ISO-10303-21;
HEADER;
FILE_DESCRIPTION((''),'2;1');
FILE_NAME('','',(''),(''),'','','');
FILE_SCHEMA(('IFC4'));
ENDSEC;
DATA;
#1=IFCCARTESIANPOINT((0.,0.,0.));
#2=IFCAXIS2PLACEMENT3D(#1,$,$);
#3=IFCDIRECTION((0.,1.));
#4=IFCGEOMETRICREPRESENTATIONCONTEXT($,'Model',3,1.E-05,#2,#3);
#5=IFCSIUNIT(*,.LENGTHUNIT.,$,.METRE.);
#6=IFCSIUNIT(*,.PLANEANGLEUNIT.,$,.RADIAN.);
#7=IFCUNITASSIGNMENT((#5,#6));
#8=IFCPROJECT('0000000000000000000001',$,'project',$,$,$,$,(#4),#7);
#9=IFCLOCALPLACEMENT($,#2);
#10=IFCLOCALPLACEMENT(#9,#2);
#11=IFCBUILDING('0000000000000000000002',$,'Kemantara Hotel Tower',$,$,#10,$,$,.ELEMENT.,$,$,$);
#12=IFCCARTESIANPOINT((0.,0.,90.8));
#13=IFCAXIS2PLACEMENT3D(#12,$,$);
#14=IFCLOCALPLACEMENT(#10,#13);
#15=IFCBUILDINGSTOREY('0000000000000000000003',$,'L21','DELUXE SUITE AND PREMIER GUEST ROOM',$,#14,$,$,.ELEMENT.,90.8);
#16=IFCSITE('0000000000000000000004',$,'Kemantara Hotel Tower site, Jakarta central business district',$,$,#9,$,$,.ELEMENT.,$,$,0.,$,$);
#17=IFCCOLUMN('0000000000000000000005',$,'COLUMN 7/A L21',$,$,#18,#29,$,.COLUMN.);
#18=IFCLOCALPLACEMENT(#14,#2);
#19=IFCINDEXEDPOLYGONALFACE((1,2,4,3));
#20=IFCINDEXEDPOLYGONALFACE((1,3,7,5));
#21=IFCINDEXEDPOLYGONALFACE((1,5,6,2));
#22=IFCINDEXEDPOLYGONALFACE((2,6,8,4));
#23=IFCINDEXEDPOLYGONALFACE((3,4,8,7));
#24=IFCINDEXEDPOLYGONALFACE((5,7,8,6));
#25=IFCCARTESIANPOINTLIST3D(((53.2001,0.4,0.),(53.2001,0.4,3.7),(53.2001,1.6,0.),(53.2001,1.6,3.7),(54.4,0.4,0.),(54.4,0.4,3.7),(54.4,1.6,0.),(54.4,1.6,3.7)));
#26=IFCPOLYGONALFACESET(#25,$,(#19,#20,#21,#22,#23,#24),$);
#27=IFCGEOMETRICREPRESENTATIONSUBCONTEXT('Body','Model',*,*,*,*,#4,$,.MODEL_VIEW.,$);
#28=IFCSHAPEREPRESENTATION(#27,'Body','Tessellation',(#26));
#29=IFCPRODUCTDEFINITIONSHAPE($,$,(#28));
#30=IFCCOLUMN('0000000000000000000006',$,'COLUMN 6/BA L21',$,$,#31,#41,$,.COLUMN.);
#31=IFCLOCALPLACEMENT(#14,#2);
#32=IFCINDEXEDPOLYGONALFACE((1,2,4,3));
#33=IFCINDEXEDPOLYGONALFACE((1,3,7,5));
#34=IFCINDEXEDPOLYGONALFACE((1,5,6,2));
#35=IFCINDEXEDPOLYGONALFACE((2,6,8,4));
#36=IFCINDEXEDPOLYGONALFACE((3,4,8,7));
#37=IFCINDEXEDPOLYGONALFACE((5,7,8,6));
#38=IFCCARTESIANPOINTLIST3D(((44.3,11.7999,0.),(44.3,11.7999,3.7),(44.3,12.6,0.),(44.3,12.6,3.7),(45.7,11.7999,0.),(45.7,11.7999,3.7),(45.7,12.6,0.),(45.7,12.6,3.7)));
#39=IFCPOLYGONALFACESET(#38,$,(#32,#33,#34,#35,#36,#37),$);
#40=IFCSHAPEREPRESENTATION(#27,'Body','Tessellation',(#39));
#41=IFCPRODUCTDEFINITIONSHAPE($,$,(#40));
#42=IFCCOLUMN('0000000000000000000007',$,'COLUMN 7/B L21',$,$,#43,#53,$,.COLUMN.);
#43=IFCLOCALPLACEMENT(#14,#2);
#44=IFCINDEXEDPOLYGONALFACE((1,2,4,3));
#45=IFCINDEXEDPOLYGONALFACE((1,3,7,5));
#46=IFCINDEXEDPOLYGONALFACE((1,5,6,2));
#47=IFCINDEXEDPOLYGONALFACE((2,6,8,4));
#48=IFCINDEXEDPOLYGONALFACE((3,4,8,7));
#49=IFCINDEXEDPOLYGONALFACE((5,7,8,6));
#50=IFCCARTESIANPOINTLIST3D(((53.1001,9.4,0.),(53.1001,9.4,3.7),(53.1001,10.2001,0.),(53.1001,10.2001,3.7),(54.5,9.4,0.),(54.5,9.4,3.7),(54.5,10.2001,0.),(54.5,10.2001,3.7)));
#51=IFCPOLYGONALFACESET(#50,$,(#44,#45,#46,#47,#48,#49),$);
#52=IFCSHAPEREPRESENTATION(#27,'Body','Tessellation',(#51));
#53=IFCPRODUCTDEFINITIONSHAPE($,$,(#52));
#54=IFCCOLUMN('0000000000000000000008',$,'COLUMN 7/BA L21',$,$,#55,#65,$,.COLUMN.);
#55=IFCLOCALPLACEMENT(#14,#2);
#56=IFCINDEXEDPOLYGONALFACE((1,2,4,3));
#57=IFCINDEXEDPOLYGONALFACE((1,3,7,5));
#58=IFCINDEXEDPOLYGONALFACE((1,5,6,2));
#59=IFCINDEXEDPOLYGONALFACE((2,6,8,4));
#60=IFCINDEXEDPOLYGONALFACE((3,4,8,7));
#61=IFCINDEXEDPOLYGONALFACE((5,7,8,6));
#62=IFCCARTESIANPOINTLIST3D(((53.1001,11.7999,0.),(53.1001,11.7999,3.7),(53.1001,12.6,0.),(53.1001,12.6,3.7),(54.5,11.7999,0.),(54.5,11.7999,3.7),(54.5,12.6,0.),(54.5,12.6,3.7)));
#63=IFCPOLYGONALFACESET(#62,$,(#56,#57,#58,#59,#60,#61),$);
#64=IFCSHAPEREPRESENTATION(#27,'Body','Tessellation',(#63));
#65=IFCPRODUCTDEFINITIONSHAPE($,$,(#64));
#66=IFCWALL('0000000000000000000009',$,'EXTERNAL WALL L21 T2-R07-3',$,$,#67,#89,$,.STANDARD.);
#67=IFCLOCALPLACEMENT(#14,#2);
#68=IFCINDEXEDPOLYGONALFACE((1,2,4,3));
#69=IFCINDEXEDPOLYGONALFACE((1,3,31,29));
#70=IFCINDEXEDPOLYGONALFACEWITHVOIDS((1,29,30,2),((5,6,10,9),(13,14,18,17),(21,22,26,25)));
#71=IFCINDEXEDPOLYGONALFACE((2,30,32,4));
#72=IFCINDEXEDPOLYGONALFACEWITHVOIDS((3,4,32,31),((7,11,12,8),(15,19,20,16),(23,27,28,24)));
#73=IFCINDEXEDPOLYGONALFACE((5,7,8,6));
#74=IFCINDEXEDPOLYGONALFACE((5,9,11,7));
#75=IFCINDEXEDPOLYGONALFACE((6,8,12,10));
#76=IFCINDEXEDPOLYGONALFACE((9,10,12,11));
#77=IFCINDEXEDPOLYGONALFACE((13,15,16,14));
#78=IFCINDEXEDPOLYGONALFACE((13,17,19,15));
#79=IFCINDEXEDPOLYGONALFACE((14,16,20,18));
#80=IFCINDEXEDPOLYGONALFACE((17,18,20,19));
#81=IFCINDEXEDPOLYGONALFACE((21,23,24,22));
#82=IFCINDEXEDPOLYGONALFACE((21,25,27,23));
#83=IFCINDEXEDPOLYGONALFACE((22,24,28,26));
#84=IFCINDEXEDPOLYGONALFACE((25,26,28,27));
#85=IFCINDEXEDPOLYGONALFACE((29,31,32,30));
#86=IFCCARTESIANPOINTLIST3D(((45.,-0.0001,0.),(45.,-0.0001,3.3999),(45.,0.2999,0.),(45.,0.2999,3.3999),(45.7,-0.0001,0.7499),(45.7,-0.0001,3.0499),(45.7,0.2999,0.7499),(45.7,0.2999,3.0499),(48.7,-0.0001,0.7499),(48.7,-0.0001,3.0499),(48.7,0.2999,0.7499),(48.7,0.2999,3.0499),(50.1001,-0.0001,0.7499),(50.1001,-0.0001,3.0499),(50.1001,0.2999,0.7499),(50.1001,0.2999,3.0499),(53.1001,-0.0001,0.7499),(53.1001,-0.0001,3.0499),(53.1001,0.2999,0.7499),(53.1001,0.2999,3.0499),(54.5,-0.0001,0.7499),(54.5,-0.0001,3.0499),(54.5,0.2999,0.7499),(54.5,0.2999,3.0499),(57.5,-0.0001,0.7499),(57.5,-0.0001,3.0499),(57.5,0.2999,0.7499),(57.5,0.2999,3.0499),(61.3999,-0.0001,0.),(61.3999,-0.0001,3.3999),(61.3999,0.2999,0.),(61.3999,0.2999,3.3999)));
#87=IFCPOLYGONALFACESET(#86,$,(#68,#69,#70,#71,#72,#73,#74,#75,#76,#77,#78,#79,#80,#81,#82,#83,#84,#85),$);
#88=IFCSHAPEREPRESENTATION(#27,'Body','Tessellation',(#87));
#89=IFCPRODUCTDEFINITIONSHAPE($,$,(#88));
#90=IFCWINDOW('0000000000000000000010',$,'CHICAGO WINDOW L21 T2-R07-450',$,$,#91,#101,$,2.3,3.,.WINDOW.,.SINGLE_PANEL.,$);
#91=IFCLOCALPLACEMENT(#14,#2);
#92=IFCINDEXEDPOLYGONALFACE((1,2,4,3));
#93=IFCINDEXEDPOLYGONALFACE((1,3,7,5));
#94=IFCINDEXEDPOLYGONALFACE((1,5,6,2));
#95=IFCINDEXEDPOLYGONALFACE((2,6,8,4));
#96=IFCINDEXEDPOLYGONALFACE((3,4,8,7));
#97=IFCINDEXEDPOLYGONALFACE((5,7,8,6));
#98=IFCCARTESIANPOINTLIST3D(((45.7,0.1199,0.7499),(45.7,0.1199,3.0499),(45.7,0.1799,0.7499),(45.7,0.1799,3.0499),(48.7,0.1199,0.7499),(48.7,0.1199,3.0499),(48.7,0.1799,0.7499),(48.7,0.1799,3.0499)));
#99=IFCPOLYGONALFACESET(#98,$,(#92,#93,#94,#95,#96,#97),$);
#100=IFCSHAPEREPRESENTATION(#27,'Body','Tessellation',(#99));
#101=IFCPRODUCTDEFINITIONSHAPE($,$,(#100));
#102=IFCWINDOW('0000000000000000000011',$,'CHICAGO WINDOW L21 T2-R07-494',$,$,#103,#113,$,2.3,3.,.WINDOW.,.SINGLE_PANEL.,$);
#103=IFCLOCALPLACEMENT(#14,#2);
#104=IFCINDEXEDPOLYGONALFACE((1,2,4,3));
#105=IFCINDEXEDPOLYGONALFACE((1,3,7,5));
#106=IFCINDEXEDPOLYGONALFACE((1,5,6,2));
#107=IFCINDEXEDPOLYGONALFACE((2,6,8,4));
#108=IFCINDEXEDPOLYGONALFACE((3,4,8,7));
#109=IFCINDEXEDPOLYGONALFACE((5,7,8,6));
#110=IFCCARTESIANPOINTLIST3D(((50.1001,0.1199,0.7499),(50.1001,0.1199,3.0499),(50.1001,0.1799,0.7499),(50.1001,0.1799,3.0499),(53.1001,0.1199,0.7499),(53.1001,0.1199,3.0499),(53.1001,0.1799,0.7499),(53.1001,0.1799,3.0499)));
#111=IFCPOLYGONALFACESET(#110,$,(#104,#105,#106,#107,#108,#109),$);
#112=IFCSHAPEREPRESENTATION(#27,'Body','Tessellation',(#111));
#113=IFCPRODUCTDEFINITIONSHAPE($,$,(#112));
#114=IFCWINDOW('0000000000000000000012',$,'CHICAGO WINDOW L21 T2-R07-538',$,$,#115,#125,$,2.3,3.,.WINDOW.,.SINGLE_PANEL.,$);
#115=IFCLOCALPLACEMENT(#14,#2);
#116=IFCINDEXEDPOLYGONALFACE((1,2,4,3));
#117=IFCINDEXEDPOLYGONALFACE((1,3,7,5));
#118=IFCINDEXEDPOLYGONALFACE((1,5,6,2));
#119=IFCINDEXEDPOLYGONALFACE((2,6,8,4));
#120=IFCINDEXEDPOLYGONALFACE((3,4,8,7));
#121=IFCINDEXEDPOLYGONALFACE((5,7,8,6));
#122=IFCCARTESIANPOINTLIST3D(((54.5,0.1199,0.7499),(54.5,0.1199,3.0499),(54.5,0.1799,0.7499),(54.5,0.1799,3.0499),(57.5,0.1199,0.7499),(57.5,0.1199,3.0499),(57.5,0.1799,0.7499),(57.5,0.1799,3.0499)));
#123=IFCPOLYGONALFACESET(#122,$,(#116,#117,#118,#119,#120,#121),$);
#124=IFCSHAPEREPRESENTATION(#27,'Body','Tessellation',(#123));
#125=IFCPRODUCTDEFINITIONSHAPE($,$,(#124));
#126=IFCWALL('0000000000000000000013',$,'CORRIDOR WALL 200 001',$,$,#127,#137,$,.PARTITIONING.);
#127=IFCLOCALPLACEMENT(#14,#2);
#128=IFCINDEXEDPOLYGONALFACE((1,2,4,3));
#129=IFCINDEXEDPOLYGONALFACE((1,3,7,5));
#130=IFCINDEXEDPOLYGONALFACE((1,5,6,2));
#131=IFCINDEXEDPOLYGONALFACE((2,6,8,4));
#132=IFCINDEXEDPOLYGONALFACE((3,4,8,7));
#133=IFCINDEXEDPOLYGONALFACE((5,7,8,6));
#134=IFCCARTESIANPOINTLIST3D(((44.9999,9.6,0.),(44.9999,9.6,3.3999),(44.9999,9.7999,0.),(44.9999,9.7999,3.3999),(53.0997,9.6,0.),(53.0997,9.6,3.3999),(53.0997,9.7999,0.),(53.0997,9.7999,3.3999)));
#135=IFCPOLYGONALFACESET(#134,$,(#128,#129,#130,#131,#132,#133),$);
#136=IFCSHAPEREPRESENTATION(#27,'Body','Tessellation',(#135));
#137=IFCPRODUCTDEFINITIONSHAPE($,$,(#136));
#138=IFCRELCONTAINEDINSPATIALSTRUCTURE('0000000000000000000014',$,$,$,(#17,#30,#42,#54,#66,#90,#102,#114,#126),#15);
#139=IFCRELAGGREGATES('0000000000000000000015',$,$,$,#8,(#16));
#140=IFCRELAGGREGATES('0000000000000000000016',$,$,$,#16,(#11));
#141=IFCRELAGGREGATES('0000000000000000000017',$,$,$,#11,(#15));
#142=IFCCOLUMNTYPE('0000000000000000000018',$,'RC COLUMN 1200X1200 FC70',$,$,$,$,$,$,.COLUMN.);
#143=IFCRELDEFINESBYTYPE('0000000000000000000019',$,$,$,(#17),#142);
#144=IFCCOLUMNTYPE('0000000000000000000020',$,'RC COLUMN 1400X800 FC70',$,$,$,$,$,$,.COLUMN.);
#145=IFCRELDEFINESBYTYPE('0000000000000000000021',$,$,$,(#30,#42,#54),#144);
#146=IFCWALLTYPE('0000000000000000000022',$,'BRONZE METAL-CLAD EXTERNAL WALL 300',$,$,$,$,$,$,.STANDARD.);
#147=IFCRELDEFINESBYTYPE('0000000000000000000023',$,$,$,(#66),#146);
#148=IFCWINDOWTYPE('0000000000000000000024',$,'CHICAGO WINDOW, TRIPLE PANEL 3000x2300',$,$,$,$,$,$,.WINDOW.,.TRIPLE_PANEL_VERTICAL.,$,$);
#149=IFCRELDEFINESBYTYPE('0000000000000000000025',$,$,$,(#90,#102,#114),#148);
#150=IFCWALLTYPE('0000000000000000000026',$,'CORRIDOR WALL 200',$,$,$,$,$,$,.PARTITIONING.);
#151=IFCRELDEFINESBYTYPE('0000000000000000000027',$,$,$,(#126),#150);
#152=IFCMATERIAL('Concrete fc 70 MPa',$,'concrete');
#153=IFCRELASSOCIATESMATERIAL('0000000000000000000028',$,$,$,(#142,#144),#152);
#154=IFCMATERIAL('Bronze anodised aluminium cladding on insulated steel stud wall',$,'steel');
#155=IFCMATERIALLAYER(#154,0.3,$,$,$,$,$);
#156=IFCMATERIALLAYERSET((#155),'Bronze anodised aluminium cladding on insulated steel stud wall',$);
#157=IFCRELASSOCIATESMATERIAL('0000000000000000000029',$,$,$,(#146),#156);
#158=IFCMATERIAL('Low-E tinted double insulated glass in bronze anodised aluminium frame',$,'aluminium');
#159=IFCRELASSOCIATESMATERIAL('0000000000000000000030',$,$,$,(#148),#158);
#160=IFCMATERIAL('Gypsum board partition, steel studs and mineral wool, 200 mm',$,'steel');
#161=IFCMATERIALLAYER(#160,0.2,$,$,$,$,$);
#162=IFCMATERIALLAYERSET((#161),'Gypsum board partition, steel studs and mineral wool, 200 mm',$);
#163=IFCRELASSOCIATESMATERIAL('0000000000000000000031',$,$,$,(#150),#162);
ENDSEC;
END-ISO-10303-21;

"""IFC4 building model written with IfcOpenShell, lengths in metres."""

from ifc_helpers import new_model, si_unit, direction, frame, frame_2d, origin, origin_2d, place, context, subcontext, project, spatial, rectangle, extrude, material, layer, layer_set, material_profile, profile_set, type_object, element, fill, save


model = new_model("IFC4")

# Units and contexts
model_context = context("Model", 3, precision=1e-05, world=origin(), true_north=direction((0.0, 1.0)))
body_context = subcontext(model_context, "Body", "Model", "MODEL_VIEW")
ifc_project = project(units=[si_unit("LENGTHUNIT", "METRE"), si_unit("PLANEANGLEUNIT", "RADIAN")], contexts=[model_context])

# Site, building, storey
site_placement = place(None, origin())
site = spatial("IfcSite", under=ifc_project, at=site_placement, Name="Kemantara Hotel Tower site, Jakarta central business district", CompositionType="ELEMENT", RefElevation=0.0)
building_placement = place(site_placement, origin())
building = spatial("IfcBuilding", under=site, at=building_placement, Name="Kemantara Hotel Tower", CompositionType="ELEMENT")
storey_placement = place(building_placement, frame((0.0, 0.0, 90.8)))
storey = spatial("IfcBuildingStorey", under=building, at=storey_placement, Name="L21", Description="DELUXE SUITE AND PREMIER GUEST ROOM", CompositionType="ELEMENT", Elevation=90.8)

# Columns
ifc_material_1 = material(Name="Concrete fc 70 MPa", Category="concrete")
ifc_material_profile_1 = material_profile(ifc_material_1, rectangle(XDim=1.2, YDim=1.2, at=origin_2d()), Name="RC 1200X1200")
ifc_profile_set_1 = profile_set([ifc_material_profile_1], Name="Concrete fc 70 MPa")
column_type_1 = type_object("IfcColumnType", Name="RC COLUMN 1200X1200 FC70", PredefinedType="COLUMN", material=ifc_profile_set_1)
column_placement = place(storey_placement, frame((53.8, 1.0, 0.0), z_axis=(0.0, 0.0, 1.0), x_axis=(1.0, 0.0, 0.0)))
element("IfcColumn", 1, at=column_placement, inside=storey, type_object=column_type_1, Name="COLUMN 7/A L21", PredefinedType="COLUMN", context=body_context, shape_type="SweptSolid", body=[
    extrude(rectangle(XDim=1.2, YDim=1.2, at=origin_2d()), origin(), (0.0, 0.0, 1.0), 3.7),
])
ifc_material_profile_2 = material_profile(ifc_material_1, rectangle(XDim=1.3999, YDim=0.8, at=origin_2d()), Name="RC 1400X800")
ifc_profile_set_2 = profile_set([ifc_material_profile_2], Name="Concrete fc 70 MPa")
column_type_2 = type_object("IfcColumnType", Name="RC COLUMN 1400X800 FC70", PredefinedType="COLUMN", material=ifc_profile_set_2)
for number, where, z_axis, x_axis, name in (
    (2, (45.0, 12.2, 0.0), (0.0, 0.0, 1.0), (1.0, 0.0, 0.0), "COLUMN 6/BA L21"),
    (3, (53.8, 9.8, 0.0), (0.0, 0.0, 1.0), (1.0, 0.0, 0.0), "COLUMN 7/B L21"),
    (4, (53.8, 12.2, 0.0), (0.0, 0.0, 1.0), (1.0, 0.0, 0.0), "COLUMN 7/BA L21"),
):
    element("IfcColumn", number, at=place(storey_placement, frame(where, z_axis=z_axis, x_axis=x_axis)), inside=storey, type_object=column_type_2, Name=name, PredefinedType="COLUMN", context=body_context, shape_type="SweptSolid", body=[
        extrude(rectangle(XDim=1.3999, YDim=0.8, at=origin_2d()), origin(), (0.0, 0.0, 1.0), 3.7),
    ])

# Wall, openings, windows
ifc_material_2 = material(Name="Bronze anodised aluminium cladding on insulated steel stud wall", Category="steel")
ifc_layer_1 = layer(ifc_material_2, 0.3)
ifc_layer_set_1 = layer_set([ifc_layer_1], Name="Bronze anodised aluminium cladding on insulated steel stud wall")
wall_type_1 = type_object("IfcWallType", Name="BRONZE METAL-CLAD EXTERNAL WALL 300", PredefinedType="STANDARD", material=ifc_layer_set_1)
wall_1_placement = place(storey_placement, frame((45.0, 0.1499, 0.0), z_axis=(0.0, 0.0, 1.0), x_axis=(1.0, 0.0, 0.0)))
wall_1 = element("IfcWall", 5, at=wall_1_placement, inside=storey, type_object=wall_type_1, Name="EXTERNAL WALL L21 T2-R07-3", PredefinedType="STANDARD", context=body_context, shape_type="SweptSolid", body=[
    extrude(rectangle(XDim=16.3999, YDim=0.3, at=frame_2d((8.2, 0.0))), origin(), (0.0, 0.0, 1.0), 3.3999),
])
opening_1_placement = place(wall_1_placement, frame((0.7, 0.0, 0.75)))
opening_1 = element("IfcOpeningElement", 6, at=opening_1_placement, cuts=wall_1, PredefinedType="OPENING", context=body_context, shape_type="SweptSolid", body=[
    extrude(rectangle(XDim=3.0, YDim=2.3, at=frame_2d((1.5, 1.1499))), frame((0.0, 0.1599, 0.0), z_axis=(0.0, -1.0, 0.0), x_axis=(1.0, 0.0, 0.0)), (0.0, 0.0, 1.0), 0.3201),
])
opening_2_placement = place(wall_1_placement, frame((5.1001, 0.0, 0.75)))
opening_2 = element("IfcOpeningElement", 7, at=opening_2_placement, cuts=wall_1, PredefinedType="OPENING", context=body_context, shape_type="SweptSolid", body=[
    extrude(rectangle(XDim=3.0, YDim=2.3, at=frame_2d((1.5, 1.1499))), frame((0.0, 0.1599, 0.0), z_axis=(0.0, -1.0, 0.0), x_axis=(1.0, 0.0, 0.0)), (0.0, 0.0, 1.0), 0.3201),
])
opening_3_placement = place(wall_1_placement, frame((9.5, 0.0, 0.75)))
opening_3 = element("IfcOpeningElement", 8, at=opening_3_placement, cuts=wall_1, PredefinedType="OPENING", context=body_context, shape_type="SweptSolid", body=[
    extrude(rectangle(XDim=3.0, YDim=2.3, at=frame_2d((1.5, 1.1499))), frame((0.0, 0.1599, 0.0), z_axis=(0.0, -1.0, 0.0), x_axis=(1.0, 0.0, 0.0)), (0.0, 0.0, 1.0), 0.3201),
])
ifc_material_3 = material(Name="Low-E tinted double insulated glass in bronze anodised aluminium frame", Category="aluminium")
window_type = type_object("IfcWindowType", Name="CHICAGO WINDOW, TRIPLE PANEL 3000x2300", PartitioningType="TRIPLE_PANEL_VERTICAL", PredefinedType="WINDOW", material=ifc_material_3)
window_1_placement = place(opening_1_placement, origin())
window_1 = element("IfcWindow", 9, at=window_1_placement, inside=storey, type_object=window_type, Name="CHICAGO WINDOW L21 T2-R07-450", OverallHeight=2.3, OverallWidth=3.0, PartitioningType="SINGLE_PANEL", PredefinedType="WINDOW", context=body_context, shape_type="SweptSolid", body=[
    extrude(rectangle(XDim=3.0, YDim=2.3, at=frame_2d((1.5, 1.1499))), frame((0.0, 0.03, 0.0), z_axis=(0.0, -1.0, 0.0), x_axis=(1.0, 0.0, 0.0)), (0.0, 0.0, 1.0), 0.0601),
])
fill(opening_1, window_1)
window_2_placement = place(opening_2_placement, origin())
window_2 = element("IfcWindow", 10, at=window_2_placement, inside=storey, type_object=window_type, Name="CHICAGO WINDOW L21 T2-R07-494", OverallHeight=2.3, OverallWidth=3.0, PartitioningType="SINGLE_PANEL", PredefinedType="WINDOW", context=body_context, shape_type="SweptSolid", body=[
    extrude(rectangle(XDim=3.0, YDim=2.3, at=frame_2d((1.5, 1.1499))), frame((0.0, 0.03, 0.0), z_axis=(0.0, -1.0, 0.0), x_axis=(1.0, 0.0, 0.0)), (0.0, 0.0, 1.0), 0.0601),
])
fill(opening_2, window_2)
window_3_placement = place(opening_3_placement, origin())
window_3 = element("IfcWindow", 11, at=window_3_placement, inside=storey, type_object=window_type, Name="CHICAGO WINDOW L21 T2-R07-538", OverallHeight=2.3, OverallWidth=3.0, PartitioningType="SINGLE_PANEL", PredefinedType="WINDOW", context=body_context, shape_type="SweptSolid", body=[
    extrude(rectangle(XDim=3.0, YDim=2.3, at=frame_2d((1.5, 1.1499))), frame((0.0, 0.03, 0.0), z_axis=(0.0, -1.0, 0.0), x_axis=(1.0, 0.0, 0.0)), (0.0, 0.0, 1.0), 0.0601),
])
fill(opening_3, window_3)

# Wall
ifc_material_4 = material(Name="Gypsum board partition, steel studs and mineral wool, 200 mm", Category="steel")
ifc_layer_2 = layer(ifc_material_4, 0.2)
ifc_layer_set_2 = layer_set([ifc_layer_2], Name="Gypsum board partition, steel studs and mineral wool, 200 mm")
wall_type_2 = type_object("IfcWallType", Name="CORRIDOR WALL 200", PredefinedType="PARTITIONING", material=ifc_layer_set_2)
wall_2_placement = place(storey_placement, frame((45.0, 9.7, 0.0), z_axis=(0.0, 0.0, 1.0), x_axis=(1.0, 0.0, 0.0)))
element("IfcWall", 12, at=wall_2_placement, inside=storey, type_object=wall_type_2, Name="CORRIDOR WALL 200 001", PredefinedType="PARTITIONING", context=body_context, shape_type="SweptSolid", body=[
    extrude(rectangle(XDim=8.0999, YDim=0.2, at=frame_2d((4.0498, 0.0))), origin(), (0.0, 0.0, 1.0), 3.3999),
])

save(model, "model.ifc")
